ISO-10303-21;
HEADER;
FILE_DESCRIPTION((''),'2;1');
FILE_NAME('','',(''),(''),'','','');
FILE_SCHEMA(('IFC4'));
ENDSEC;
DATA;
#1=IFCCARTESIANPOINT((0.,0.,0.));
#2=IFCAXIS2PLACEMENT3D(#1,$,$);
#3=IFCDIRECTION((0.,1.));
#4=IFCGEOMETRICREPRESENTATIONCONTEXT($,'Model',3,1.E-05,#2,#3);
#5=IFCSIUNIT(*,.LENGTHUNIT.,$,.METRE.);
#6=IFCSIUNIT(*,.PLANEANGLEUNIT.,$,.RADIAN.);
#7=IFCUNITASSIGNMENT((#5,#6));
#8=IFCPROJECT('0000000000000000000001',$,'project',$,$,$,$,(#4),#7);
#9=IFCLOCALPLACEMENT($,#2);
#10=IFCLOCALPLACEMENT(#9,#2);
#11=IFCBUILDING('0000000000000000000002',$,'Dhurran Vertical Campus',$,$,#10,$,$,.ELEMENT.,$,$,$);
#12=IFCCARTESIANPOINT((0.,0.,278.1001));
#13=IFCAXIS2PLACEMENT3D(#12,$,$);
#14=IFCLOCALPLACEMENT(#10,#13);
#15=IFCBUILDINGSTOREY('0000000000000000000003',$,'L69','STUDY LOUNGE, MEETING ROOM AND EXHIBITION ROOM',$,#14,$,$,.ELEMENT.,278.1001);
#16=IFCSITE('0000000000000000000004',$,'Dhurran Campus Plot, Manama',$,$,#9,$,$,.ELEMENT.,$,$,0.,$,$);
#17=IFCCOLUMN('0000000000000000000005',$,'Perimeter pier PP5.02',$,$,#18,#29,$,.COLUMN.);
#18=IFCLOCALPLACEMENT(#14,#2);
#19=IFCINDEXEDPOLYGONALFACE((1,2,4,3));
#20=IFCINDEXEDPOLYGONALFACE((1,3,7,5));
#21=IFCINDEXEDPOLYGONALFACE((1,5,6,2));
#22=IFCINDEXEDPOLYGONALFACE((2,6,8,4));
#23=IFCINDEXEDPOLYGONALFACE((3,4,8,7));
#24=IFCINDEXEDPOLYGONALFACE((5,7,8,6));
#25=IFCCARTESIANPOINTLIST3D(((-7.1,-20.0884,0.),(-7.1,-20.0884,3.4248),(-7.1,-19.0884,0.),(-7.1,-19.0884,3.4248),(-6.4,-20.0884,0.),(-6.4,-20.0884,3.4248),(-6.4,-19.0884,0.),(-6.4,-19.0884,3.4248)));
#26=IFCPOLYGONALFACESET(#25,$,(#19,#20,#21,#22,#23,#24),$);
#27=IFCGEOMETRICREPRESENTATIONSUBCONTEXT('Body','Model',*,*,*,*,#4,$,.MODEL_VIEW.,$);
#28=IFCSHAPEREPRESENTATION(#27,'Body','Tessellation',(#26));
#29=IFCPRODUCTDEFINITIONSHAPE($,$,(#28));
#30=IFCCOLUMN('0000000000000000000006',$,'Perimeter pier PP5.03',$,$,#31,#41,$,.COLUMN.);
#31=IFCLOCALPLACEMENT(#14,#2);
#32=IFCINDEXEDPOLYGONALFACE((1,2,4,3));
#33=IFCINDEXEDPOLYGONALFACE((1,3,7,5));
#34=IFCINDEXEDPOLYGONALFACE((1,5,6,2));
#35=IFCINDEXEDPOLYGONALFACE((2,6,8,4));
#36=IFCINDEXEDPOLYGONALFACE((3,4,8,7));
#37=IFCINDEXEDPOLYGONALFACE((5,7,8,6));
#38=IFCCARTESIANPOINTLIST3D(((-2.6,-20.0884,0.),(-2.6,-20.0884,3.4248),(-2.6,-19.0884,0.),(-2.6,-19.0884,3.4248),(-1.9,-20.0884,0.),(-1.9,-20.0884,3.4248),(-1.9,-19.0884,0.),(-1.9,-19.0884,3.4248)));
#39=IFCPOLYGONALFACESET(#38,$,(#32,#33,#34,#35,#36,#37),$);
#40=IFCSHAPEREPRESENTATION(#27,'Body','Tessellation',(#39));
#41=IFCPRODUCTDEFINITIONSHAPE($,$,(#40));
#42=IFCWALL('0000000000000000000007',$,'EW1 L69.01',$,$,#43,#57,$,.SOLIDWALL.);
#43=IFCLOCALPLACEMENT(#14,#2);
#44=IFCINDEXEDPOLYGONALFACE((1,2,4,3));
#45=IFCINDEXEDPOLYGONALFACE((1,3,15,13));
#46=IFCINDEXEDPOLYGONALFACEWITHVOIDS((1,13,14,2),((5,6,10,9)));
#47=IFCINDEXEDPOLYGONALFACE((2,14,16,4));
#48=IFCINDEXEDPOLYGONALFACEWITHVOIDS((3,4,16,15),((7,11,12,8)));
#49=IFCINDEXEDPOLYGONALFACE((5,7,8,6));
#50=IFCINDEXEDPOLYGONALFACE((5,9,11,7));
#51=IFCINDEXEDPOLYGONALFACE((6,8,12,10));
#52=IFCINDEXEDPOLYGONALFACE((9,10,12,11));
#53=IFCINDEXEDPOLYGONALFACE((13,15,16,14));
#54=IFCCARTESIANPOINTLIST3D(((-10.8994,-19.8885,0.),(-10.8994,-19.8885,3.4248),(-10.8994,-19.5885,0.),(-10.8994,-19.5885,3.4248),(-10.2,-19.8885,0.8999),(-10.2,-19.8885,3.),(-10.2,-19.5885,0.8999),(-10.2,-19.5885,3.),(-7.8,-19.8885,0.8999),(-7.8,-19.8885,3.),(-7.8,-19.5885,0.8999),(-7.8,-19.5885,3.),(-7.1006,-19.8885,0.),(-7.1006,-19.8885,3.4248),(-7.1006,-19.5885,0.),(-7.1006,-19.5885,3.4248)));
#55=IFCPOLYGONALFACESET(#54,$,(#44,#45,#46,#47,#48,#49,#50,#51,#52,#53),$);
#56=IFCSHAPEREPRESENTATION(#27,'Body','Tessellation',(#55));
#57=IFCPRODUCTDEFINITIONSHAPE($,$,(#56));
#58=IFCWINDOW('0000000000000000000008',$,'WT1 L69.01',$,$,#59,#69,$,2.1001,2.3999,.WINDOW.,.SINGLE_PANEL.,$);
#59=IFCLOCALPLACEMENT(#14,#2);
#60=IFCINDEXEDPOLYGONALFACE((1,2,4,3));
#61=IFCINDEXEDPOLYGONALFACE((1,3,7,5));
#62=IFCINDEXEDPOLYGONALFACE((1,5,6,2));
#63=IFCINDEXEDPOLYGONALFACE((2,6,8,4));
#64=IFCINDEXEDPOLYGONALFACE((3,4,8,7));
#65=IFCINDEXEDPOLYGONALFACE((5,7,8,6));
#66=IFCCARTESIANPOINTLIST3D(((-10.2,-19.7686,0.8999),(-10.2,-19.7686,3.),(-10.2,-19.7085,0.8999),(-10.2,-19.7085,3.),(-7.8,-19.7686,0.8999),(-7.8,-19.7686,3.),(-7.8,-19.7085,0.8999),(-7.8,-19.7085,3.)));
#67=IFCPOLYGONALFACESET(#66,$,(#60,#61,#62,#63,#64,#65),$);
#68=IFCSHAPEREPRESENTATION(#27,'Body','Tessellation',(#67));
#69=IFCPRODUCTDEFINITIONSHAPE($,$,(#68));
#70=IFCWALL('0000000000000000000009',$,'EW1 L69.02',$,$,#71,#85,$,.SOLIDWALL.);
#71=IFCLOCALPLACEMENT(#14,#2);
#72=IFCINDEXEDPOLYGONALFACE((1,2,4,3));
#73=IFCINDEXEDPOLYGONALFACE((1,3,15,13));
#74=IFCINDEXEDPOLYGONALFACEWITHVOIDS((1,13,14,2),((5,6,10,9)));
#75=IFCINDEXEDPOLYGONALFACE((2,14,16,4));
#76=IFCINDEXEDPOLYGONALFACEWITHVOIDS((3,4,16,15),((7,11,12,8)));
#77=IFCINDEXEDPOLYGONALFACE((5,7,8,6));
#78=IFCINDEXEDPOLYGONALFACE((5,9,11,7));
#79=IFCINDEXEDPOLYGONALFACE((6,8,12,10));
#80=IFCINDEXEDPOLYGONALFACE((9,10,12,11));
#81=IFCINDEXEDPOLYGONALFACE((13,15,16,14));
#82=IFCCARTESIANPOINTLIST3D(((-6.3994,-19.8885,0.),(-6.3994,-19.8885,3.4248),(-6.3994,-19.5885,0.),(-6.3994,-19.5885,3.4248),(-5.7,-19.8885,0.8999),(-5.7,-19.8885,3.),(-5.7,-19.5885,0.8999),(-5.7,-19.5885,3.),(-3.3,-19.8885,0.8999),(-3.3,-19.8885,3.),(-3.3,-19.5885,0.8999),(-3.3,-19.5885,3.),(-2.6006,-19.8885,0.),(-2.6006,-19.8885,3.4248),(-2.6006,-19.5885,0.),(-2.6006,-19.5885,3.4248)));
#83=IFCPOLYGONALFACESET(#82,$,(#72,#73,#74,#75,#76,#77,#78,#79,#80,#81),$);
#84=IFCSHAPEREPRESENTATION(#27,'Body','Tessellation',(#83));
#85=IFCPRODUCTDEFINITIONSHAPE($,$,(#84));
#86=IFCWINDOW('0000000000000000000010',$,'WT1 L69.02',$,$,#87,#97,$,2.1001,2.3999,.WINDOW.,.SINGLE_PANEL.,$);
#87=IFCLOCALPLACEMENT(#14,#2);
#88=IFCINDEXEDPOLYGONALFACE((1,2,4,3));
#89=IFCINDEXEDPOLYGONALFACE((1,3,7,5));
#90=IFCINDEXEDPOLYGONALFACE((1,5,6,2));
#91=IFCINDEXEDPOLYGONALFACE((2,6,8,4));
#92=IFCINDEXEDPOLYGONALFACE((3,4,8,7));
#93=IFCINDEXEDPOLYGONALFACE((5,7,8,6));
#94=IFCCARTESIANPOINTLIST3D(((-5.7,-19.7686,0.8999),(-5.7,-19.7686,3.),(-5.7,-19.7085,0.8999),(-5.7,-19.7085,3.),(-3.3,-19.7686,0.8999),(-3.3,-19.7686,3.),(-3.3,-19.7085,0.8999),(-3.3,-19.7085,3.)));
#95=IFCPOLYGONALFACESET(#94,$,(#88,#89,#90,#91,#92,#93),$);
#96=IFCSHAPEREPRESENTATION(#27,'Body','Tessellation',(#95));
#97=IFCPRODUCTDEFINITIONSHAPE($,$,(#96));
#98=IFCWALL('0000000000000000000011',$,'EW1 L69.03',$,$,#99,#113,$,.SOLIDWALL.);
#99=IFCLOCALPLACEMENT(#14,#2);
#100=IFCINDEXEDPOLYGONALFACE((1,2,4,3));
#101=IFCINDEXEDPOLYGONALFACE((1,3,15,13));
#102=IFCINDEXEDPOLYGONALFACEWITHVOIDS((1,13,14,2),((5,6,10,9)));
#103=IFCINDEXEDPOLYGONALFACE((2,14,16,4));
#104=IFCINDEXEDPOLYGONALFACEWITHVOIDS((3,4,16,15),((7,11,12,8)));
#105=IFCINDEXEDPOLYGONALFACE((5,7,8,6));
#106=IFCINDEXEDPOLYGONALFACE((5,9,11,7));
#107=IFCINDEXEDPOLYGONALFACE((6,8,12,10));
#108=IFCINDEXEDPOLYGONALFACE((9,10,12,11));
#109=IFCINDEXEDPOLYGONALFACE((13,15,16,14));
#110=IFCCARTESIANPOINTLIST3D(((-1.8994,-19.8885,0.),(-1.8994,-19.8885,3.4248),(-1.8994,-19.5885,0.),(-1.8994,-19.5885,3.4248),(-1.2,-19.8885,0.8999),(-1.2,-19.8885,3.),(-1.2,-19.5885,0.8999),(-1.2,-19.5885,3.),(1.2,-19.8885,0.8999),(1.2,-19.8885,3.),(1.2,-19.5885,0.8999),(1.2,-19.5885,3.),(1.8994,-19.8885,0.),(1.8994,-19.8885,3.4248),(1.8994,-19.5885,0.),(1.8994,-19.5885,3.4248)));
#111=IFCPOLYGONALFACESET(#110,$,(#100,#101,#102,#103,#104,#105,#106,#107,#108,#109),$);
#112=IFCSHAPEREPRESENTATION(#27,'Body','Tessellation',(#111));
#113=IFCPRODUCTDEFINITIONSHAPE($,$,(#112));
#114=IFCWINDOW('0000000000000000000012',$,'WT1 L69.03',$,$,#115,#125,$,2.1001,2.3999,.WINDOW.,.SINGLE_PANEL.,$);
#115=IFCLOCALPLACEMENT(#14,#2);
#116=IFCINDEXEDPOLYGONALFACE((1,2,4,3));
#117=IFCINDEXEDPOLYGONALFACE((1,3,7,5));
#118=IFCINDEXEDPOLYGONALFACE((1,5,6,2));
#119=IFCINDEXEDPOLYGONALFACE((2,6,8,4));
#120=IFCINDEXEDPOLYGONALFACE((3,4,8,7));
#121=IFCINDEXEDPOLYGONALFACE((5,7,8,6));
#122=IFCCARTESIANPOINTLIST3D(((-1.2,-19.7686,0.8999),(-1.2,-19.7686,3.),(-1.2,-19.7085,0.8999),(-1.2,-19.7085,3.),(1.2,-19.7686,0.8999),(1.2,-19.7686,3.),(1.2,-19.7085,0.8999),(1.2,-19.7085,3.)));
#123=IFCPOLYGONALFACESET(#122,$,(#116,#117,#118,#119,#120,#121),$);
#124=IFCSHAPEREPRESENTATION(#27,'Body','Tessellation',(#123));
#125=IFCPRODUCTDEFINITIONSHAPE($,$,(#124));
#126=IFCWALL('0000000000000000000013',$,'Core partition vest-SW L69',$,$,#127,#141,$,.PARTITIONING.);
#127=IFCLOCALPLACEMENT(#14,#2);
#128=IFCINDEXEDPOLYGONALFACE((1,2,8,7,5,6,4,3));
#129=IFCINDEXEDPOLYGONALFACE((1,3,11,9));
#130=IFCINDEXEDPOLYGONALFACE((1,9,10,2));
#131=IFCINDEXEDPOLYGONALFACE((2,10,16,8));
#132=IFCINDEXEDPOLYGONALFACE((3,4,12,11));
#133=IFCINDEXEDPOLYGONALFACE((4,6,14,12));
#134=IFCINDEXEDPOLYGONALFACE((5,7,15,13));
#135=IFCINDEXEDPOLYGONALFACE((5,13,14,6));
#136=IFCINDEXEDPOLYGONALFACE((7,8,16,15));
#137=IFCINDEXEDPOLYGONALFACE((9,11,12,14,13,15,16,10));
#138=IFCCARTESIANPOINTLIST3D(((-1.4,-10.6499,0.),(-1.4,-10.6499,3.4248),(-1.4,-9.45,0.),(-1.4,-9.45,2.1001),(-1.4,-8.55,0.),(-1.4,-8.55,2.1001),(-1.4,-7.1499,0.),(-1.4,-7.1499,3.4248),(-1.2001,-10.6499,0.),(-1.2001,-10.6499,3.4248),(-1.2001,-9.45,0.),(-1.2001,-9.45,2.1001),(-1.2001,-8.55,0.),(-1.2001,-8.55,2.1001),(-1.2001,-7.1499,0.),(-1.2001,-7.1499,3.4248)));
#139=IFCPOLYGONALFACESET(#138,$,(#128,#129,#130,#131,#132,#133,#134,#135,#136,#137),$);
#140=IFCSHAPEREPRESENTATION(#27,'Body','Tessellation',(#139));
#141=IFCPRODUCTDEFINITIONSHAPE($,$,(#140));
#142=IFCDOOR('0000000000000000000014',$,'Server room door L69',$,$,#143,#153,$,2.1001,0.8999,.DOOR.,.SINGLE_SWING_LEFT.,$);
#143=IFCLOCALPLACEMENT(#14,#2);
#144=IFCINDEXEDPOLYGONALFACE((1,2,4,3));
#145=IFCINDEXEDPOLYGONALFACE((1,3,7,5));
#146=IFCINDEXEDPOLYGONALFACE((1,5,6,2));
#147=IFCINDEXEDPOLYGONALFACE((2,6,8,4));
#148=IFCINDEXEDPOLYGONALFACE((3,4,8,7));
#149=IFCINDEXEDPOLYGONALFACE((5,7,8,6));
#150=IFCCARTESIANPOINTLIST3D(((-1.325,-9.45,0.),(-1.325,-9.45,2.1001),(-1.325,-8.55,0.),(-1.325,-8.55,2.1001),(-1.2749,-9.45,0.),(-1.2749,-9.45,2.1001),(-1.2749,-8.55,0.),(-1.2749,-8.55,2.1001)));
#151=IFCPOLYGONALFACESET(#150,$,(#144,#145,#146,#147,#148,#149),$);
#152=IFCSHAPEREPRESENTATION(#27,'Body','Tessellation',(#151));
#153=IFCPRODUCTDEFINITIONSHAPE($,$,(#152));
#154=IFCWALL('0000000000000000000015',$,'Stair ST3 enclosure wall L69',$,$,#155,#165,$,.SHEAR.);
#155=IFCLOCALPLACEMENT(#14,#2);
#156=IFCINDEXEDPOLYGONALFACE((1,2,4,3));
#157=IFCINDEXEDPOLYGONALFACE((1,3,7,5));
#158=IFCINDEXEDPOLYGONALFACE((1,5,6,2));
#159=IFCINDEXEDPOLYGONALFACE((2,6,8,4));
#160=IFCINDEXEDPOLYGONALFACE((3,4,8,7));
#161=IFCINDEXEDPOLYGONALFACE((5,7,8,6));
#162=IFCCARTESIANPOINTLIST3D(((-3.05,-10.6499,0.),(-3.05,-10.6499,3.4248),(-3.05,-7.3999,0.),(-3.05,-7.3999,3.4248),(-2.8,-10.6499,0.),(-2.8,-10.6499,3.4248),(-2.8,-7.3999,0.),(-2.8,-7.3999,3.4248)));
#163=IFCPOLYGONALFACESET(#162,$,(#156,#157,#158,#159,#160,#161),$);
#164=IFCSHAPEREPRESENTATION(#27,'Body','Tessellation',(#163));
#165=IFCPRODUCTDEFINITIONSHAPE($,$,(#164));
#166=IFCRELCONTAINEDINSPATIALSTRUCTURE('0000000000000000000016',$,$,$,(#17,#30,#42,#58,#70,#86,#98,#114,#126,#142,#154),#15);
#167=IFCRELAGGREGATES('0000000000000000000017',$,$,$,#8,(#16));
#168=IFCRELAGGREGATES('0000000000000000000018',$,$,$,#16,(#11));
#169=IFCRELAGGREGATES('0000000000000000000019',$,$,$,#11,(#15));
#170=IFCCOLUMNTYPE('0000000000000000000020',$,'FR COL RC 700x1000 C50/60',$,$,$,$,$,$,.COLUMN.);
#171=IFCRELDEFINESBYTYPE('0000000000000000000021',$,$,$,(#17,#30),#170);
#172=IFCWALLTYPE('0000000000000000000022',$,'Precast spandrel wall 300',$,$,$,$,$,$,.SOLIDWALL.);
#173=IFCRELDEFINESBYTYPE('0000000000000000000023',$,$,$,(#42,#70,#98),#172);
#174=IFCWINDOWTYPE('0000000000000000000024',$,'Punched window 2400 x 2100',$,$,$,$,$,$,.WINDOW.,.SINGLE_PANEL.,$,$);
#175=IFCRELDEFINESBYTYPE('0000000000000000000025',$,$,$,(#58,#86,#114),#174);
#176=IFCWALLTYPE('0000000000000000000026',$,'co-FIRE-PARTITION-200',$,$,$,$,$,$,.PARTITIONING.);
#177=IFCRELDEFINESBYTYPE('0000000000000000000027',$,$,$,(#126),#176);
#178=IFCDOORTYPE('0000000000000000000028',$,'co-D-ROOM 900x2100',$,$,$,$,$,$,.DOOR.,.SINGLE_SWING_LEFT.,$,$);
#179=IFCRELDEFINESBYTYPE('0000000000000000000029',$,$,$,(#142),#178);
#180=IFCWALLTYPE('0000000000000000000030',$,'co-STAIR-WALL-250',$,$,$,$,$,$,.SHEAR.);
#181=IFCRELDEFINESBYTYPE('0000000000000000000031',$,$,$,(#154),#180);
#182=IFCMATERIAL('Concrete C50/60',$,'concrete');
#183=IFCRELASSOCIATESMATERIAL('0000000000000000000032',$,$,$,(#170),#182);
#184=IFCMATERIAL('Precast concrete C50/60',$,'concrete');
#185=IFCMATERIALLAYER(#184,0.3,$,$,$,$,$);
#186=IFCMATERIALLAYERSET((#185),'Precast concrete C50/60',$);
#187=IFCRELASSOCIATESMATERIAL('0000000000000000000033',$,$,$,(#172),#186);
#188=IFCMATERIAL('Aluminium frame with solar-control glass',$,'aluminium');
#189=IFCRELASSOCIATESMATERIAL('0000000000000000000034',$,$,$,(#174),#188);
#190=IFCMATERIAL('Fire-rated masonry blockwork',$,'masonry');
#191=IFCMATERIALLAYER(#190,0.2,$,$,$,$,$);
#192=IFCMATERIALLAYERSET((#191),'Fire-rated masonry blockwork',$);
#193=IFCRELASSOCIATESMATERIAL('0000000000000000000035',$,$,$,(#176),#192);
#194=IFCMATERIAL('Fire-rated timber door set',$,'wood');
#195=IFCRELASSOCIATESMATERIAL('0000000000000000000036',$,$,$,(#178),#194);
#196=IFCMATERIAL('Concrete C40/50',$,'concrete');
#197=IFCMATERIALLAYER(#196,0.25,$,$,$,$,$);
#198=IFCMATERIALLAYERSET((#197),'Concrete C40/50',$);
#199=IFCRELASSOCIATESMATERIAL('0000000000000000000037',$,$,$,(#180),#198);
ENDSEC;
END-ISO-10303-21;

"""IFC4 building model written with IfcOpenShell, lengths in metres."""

from ifc_helpers import new_model, si_unit, direction, frame, frame_2d, origin, origin_2d, place, context, subcontext, project, spatial, rectangle, extrude, material, layer, layer_set, material_profile, profile_set, type_object, element, fill, save


model = new_model("IFC4")

# Units and contexts
model_context = context("Model", 3, precision=1e-05, world=origin(), true_north=direction((0.0, 1.0)))
body_context = subcontext(model_context, "Body", "Model", "MODEL_VIEW")
ifc_project = project(units=[si_unit("LENGTHUNIT", "METRE"), si_unit("PLANEANGLEUNIT", "RADIAN")], contexts=[model_context])

# Site, building, storey
site_placement = place(None, origin())
site = spatial("IfcSite", under=ifc_project, at=site_placement, Name="Dhurran Campus Plot, Manama", CompositionType="ELEMENT", RefElevation=0.0)
building_placement = place(site_placement, origin())
building = spatial("IfcBuilding", under=site, at=building_placement, Name="Dhurran Vertical Campus", CompositionType="ELEMENT")
storey_placement = place(building_placement, frame((0.0, 0.0, 278.1001)))
storey = spatial("IfcBuildingStorey", under=building, at=storey_placement, Name="L69", Description="STUDY LOUNGE, MEETING ROOM AND EXHIBITION ROOM", CompositionType="ELEMENT", Elevation=278.1001)

# Columns
ifc_material_1 = material(Name="Concrete C50/60", Category="concrete")
ifc_material_profile = material_profile(ifc_material_1, rectangle(XDim=0.7, YDim=1.0, at=origin_2d()), Name="RC 700x1000")
ifc_profile_set = profile_set([ifc_material_profile], Name="Concrete C50/60")
column_type = type_object("IfcColumnType", Name="FR COL RC 700x1000 C50/60", PredefinedType="COLUMN", material=ifc_profile_set)
for number, where, z_axis, x_axis, name in (
    (1, (-6.75, -19.5884, 0.0), (0.0, 0.0, 1.0), (1.0, 0.0, 0.0), "Perimeter pier PP5.02"),
    (2, (-2.25, -19.5884, 0.0), (0.0, 0.0, 1.0), (1.0, 0.0, 0.0), "Perimeter pier PP5.03"),
):
    element("IfcColumn", number, at=place(storey_placement, frame(where, z_axis=z_axis, x_axis=x_axis)), inside=storey, type_object=column_type, Name=name, PredefinedType="COLUMN", context=body_context, shape_type="SweptSolid", body=[
        extrude(rectangle(XDim=0.7, YDim=1.0, at=origin_2d()), origin(), (0.0, 0.0, 1.0), 3.4248),
    ])

# Walls, openings, windows
ifc_material_2 = material(Name="Precast concrete C50/60", Category="concrete")
ifc_layer_1 = layer(ifc_material_2, 0.3)
ifc_layer_set_1 = layer_set([ifc_layer_1], Name="Precast concrete C50/60")
wall_type_1 = type_object("IfcWallType", Name="Precast spandrel wall 300", PredefinedType="SOLIDWALL", material=ifc_layer_set_1)
wall_1_placement = place(storey_placement, frame((-10.8994, -19.7385, 0.0), z_axis=(0.0, 0.0, 1.0), x_axis=(1.0, 0.0, 0.0)))
wall_1 = element("IfcWall", 3, at=wall_1_placement, inside=storey, type_object=wall_type_1, Name="EW1 L69.01", PredefinedType="SOLIDWALL", context=body_context, shape_type="SweptSolid", body=[
    extrude(rectangle(XDim=3.7988, YDim=0.3, at=frame_2d((1.8994, 0.0))), origin(), (0.0, 0.0, 1.0), 3.4248),
])
opening_1_placement = place(wall_1_placement, frame((0.6995, 0.0, 0.8999)))
opening_1 = element("IfcOpeningElement", 4, at=opening_1_placement, cuts=wall_1, PredefinedType="OPENING", context=body_context, shape_type="SweptSolid", body=[
    extrude(rectangle(XDim=2.3999, YDim=2.1001, at=frame_2d((1.2, 1.05))), frame((0.0, 0.1599, 0.0), z_axis=(0.0, -1.0, 0.0), x_axis=(1.0, 0.0, 0.0)), (0.0, 0.0, 1.0), 0.3201),
])
ifc_material_3 = material(Name="Aluminium frame with solar-control glass", Category="aluminium")
window_type = type_object("IfcWindowType", Name="Punched window 2400 x 2100", PartitioningType="SINGLE_PANEL", PredefinedType="WINDOW", material=ifc_material_3)
window_1_placement = place(opening_1_placement, origin())
window_1 = element("IfcWindow", 5, at=window_1_placement, inside=storey, type_object=window_type, Name="WT1 L69.01", OverallHeight=2.1001, OverallWidth=2.3999, PartitioningType="SINGLE_PANEL", PredefinedType="WINDOW", context=body_context, shape_type="SweptSolid", body=[
    extrude(rectangle(XDim=2.3999, YDim=2.1001, at=frame_2d((1.2, 1.05))), frame((0.0, 0.03, 0.0), z_axis=(0.0, -1.0, 0.0), x_axis=(1.0, 0.0, 0.0)), (0.0, 0.0, 1.0), 0.0601),
])
fill(opening_1, window_1)
wall_2_placement = place(storey_placement, frame((-6.3994, -19.7385, 0.0), z_axis=(0.0, 0.0, 1.0), x_axis=(1.0, 0.0, 0.0)))
wall_2 = element("IfcWall", 6, at=wall_2_placement, inside=storey, type_object=wall_type_1, Name="EW1 L69.02", PredefinedType="SOLIDWALL", context=body_context, shape_type="SweptSolid", body=[
    extrude(rectangle(XDim=3.7988, YDim=0.3, at=frame_2d((1.8994, 0.0))), origin(), (0.0, 0.0, 1.0), 3.4248),
])
opening_2_placement = place(wall_2_placement, frame((0.6995, 0.0, 0.8999)))
opening_2 = element("IfcOpeningElement", 7, at=opening_2_placement, cuts=wall_2, PredefinedType="OPENING", context=body_context, shape_type="SweptSolid", body=[
    extrude(rectangle(XDim=2.3999, YDim=2.1001, at=frame_2d((1.2, 1.05))), frame((0.0, 0.1599, 0.0), z_axis=(0.0, -1.0, 0.0), x_axis=(1.0, 0.0, 0.0)), (0.0, 0.0, 1.0), 0.3201),
])
window_2_placement = place(opening_2_placement, origin())
window_2 = element("IfcWindow", 8, at=window_2_placement, inside=storey, type_object=window_type, Name="WT1 L69.02", OverallHeight=2.1001, OverallWidth=2.3999, PartitioningType="SINGLE_PANEL", PredefinedType="WINDOW", context=body_context, shape_type="SweptSolid", body=[
    extrude(rectangle(XDim=2.3999, YDim=2.1001, at=frame_2d((1.2, 1.05))), frame((0.0, 0.03, 0.0), z_axis=(0.0, -1.0, 0.0), x_axis=(1.0, 0.0, 0.0)), (0.0, 0.0, 1.0), 0.0601),
])
fill(opening_2, window_2)
wall_3_placement = place(storey_placement, frame((-1.8994, -19.7385, 0.0), z_axis=(0.0, 0.0, 1.0), x_axis=(1.0, 0.0, 0.0)))
wall_3 = element("IfcWall", 9, at=wall_3_placement, inside=storey, type_object=wall_type_1, Name="EW1 L69.03", PredefinedType="SOLIDWALL", context=body_context, shape_type="SweptSolid", body=[
    extrude(rectangle(XDim=3.7988, YDim=0.3, at=frame_2d((1.8994, 0.0))), origin(), (0.0, 0.0, 1.0), 3.4248),
])
opening_3_placement = place(wall_3_placement, frame((0.6995, 0.0, 0.8999)))
opening_3 = element("IfcOpeningElement", 10, at=opening_3_placement, cuts=wall_3, PredefinedType="OPENING", context=body_context, shape_type="SweptSolid", body=[
    extrude(rectangle(XDim=2.3999, YDim=2.1001, at=frame_2d((1.2, 1.05))), frame((0.0, 0.1599, 0.0), z_axis=(0.0, -1.0, 0.0), x_axis=(1.0, 0.0, 0.0)), (0.0, 0.0, 1.0), 0.3201),
])
window_3_placement = place(opening_3_placement, origin())
window_3 = element("IfcWindow", 11, at=window_3_placement, inside=storey, type_object=window_type, Name="WT1 L69.03", OverallHeight=2.1001, OverallWidth=2.3999, PartitioningType="SINGLE_PANEL", PredefinedType="WINDOW", context=body_context, shape_type="SweptSolid", body=[
    extrude(rectangle(XDim=2.3999, YDim=2.1001, at=frame_2d((1.2, 1.05))), frame((0.0, 0.03, 0.0), z_axis=(0.0, -1.0, 0.0), x_axis=(1.0, 0.0, 0.0)), (0.0, 0.0, 1.0), 0.0601),
])
fill(opening_3, window_3)

# Wall, opening, door
ifc_material_4 = material(Name="Fire-rated masonry blockwork", Category="masonry")
ifc_layer_2 = layer(ifc_material_4, 0.2)
ifc_layer_set_2 = layer_set([ifc_layer_2], Name="Fire-rated masonry blockwork")
wall_type_2 = type_object("IfcWallType", Name="co-FIRE-PARTITION-200", PredefinedType="PARTITIONING", material=ifc_layer_set_2)
wall_4_placement = place(storey_placement, frame((-1.3, -10.6499, 0.0), z_axis=(0.0, 0.0, 1.0), x_axis=(0.0, 1.0, 0.0)))
wall_4 = element("IfcWall", 12, at=wall_4_placement, inside=storey, type_object=wall_type_2, Name="Core partition vest-SW L69", PredefinedType="PARTITIONING", context=body_context, shape_type="SweptSolid", body=[
    extrude(rectangle(XDim=3.5, YDim=0.2, at=frame_2d((1.75, 0.0))), origin(), (0.0, 0.0, 1.0), 3.4248),
])
opening_4_placement = place(wall_4_placement, frame((1.2, 0.0, 0.0)))
opening_4 = element("IfcOpeningElement", 13, at=opening_4_placement, cuts=wall_4, PredefinedType="OPENING", context=body_context, shape_type="SweptSolid", body=[
    extrude(rectangle(XDim=0.8999, YDim=2.1001, at=frame_2d((0.45, 1.05))), frame((0.0, 0.1099, 0.0), z_axis=(0.0, -1.0, 0.0), x_axis=(1.0, 0.0, 0.0)), (0.0, 0.0, 1.0), 0.22),
])
ifc_material_5 = material(Name="Fire-rated timber door set", Category="wood")
door_type_1 = type_object("IfcDoorType", Name="co-D-ROOM 900x2100", OperationType="SINGLE_SWING_LEFT", PredefinedType="DOOR", material=ifc_material_5)
door_1_placement = place(opening_4_placement, origin())
door_1 = element("IfcDoor", 14, at=door_1_placement, inside=storey, type_object=door_type_1, Name="Server room door L69", OperationType="SINGLE_SWING_LEFT", OverallHeight=2.1001, OverallWidth=0.8999, PredefinedType="DOOR", context=body_context, shape_type="SweptSolid", body=[
    extrude(rectangle(XDim=0.8999, YDim=2.1001, at=frame_2d((0.45, 1.05))), frame((0.0, 0.0249, 0.0), z_axis=(0.0, -1.0, 0.0), x_axis=(1.0, 0.0, 0.0)), (0.0, 0.0, 1.0), 0.05),
])
fill(opening_4, door_1)

# Wall
ifc_material_6 = material(Name="Concrete C40/50", Category="concrete")
ifc_layer_3 = layer(ifc_material_6, 0.25)
ifc_layer_set_3 = layer_set([ifc_layer_3], Name="Concrete C40/50")
wall_type_3 = type_object("IfcWallType", Name="co-STAIR-WALL-250", PredefinedType="SHEAR", material=ifc_layer_set_3)
wall_5_placement = place(storey_placement, frame((-2.925, -10.6499, 0.0), z_axis=(0.0, 0.0, 1.0), x_axis=(0.0, 1.0, 0.0)))
element("IfcWall", 15, at=wall_5_placement, inside=storey, type_object=wall_type_3, Name="Stair ST3 enclosure wall L69", PredefinedType="SHEAR", context=body_context, shape_type="SweptSolid", body=[
    extrude(rectangle(XDim=3.25, YDim=0.25, at=frame_2d((1.625, 0.0))), origin(), (0.0, 0.0, 1.0), 3.4248),
])

save(model, "model.ifc")
